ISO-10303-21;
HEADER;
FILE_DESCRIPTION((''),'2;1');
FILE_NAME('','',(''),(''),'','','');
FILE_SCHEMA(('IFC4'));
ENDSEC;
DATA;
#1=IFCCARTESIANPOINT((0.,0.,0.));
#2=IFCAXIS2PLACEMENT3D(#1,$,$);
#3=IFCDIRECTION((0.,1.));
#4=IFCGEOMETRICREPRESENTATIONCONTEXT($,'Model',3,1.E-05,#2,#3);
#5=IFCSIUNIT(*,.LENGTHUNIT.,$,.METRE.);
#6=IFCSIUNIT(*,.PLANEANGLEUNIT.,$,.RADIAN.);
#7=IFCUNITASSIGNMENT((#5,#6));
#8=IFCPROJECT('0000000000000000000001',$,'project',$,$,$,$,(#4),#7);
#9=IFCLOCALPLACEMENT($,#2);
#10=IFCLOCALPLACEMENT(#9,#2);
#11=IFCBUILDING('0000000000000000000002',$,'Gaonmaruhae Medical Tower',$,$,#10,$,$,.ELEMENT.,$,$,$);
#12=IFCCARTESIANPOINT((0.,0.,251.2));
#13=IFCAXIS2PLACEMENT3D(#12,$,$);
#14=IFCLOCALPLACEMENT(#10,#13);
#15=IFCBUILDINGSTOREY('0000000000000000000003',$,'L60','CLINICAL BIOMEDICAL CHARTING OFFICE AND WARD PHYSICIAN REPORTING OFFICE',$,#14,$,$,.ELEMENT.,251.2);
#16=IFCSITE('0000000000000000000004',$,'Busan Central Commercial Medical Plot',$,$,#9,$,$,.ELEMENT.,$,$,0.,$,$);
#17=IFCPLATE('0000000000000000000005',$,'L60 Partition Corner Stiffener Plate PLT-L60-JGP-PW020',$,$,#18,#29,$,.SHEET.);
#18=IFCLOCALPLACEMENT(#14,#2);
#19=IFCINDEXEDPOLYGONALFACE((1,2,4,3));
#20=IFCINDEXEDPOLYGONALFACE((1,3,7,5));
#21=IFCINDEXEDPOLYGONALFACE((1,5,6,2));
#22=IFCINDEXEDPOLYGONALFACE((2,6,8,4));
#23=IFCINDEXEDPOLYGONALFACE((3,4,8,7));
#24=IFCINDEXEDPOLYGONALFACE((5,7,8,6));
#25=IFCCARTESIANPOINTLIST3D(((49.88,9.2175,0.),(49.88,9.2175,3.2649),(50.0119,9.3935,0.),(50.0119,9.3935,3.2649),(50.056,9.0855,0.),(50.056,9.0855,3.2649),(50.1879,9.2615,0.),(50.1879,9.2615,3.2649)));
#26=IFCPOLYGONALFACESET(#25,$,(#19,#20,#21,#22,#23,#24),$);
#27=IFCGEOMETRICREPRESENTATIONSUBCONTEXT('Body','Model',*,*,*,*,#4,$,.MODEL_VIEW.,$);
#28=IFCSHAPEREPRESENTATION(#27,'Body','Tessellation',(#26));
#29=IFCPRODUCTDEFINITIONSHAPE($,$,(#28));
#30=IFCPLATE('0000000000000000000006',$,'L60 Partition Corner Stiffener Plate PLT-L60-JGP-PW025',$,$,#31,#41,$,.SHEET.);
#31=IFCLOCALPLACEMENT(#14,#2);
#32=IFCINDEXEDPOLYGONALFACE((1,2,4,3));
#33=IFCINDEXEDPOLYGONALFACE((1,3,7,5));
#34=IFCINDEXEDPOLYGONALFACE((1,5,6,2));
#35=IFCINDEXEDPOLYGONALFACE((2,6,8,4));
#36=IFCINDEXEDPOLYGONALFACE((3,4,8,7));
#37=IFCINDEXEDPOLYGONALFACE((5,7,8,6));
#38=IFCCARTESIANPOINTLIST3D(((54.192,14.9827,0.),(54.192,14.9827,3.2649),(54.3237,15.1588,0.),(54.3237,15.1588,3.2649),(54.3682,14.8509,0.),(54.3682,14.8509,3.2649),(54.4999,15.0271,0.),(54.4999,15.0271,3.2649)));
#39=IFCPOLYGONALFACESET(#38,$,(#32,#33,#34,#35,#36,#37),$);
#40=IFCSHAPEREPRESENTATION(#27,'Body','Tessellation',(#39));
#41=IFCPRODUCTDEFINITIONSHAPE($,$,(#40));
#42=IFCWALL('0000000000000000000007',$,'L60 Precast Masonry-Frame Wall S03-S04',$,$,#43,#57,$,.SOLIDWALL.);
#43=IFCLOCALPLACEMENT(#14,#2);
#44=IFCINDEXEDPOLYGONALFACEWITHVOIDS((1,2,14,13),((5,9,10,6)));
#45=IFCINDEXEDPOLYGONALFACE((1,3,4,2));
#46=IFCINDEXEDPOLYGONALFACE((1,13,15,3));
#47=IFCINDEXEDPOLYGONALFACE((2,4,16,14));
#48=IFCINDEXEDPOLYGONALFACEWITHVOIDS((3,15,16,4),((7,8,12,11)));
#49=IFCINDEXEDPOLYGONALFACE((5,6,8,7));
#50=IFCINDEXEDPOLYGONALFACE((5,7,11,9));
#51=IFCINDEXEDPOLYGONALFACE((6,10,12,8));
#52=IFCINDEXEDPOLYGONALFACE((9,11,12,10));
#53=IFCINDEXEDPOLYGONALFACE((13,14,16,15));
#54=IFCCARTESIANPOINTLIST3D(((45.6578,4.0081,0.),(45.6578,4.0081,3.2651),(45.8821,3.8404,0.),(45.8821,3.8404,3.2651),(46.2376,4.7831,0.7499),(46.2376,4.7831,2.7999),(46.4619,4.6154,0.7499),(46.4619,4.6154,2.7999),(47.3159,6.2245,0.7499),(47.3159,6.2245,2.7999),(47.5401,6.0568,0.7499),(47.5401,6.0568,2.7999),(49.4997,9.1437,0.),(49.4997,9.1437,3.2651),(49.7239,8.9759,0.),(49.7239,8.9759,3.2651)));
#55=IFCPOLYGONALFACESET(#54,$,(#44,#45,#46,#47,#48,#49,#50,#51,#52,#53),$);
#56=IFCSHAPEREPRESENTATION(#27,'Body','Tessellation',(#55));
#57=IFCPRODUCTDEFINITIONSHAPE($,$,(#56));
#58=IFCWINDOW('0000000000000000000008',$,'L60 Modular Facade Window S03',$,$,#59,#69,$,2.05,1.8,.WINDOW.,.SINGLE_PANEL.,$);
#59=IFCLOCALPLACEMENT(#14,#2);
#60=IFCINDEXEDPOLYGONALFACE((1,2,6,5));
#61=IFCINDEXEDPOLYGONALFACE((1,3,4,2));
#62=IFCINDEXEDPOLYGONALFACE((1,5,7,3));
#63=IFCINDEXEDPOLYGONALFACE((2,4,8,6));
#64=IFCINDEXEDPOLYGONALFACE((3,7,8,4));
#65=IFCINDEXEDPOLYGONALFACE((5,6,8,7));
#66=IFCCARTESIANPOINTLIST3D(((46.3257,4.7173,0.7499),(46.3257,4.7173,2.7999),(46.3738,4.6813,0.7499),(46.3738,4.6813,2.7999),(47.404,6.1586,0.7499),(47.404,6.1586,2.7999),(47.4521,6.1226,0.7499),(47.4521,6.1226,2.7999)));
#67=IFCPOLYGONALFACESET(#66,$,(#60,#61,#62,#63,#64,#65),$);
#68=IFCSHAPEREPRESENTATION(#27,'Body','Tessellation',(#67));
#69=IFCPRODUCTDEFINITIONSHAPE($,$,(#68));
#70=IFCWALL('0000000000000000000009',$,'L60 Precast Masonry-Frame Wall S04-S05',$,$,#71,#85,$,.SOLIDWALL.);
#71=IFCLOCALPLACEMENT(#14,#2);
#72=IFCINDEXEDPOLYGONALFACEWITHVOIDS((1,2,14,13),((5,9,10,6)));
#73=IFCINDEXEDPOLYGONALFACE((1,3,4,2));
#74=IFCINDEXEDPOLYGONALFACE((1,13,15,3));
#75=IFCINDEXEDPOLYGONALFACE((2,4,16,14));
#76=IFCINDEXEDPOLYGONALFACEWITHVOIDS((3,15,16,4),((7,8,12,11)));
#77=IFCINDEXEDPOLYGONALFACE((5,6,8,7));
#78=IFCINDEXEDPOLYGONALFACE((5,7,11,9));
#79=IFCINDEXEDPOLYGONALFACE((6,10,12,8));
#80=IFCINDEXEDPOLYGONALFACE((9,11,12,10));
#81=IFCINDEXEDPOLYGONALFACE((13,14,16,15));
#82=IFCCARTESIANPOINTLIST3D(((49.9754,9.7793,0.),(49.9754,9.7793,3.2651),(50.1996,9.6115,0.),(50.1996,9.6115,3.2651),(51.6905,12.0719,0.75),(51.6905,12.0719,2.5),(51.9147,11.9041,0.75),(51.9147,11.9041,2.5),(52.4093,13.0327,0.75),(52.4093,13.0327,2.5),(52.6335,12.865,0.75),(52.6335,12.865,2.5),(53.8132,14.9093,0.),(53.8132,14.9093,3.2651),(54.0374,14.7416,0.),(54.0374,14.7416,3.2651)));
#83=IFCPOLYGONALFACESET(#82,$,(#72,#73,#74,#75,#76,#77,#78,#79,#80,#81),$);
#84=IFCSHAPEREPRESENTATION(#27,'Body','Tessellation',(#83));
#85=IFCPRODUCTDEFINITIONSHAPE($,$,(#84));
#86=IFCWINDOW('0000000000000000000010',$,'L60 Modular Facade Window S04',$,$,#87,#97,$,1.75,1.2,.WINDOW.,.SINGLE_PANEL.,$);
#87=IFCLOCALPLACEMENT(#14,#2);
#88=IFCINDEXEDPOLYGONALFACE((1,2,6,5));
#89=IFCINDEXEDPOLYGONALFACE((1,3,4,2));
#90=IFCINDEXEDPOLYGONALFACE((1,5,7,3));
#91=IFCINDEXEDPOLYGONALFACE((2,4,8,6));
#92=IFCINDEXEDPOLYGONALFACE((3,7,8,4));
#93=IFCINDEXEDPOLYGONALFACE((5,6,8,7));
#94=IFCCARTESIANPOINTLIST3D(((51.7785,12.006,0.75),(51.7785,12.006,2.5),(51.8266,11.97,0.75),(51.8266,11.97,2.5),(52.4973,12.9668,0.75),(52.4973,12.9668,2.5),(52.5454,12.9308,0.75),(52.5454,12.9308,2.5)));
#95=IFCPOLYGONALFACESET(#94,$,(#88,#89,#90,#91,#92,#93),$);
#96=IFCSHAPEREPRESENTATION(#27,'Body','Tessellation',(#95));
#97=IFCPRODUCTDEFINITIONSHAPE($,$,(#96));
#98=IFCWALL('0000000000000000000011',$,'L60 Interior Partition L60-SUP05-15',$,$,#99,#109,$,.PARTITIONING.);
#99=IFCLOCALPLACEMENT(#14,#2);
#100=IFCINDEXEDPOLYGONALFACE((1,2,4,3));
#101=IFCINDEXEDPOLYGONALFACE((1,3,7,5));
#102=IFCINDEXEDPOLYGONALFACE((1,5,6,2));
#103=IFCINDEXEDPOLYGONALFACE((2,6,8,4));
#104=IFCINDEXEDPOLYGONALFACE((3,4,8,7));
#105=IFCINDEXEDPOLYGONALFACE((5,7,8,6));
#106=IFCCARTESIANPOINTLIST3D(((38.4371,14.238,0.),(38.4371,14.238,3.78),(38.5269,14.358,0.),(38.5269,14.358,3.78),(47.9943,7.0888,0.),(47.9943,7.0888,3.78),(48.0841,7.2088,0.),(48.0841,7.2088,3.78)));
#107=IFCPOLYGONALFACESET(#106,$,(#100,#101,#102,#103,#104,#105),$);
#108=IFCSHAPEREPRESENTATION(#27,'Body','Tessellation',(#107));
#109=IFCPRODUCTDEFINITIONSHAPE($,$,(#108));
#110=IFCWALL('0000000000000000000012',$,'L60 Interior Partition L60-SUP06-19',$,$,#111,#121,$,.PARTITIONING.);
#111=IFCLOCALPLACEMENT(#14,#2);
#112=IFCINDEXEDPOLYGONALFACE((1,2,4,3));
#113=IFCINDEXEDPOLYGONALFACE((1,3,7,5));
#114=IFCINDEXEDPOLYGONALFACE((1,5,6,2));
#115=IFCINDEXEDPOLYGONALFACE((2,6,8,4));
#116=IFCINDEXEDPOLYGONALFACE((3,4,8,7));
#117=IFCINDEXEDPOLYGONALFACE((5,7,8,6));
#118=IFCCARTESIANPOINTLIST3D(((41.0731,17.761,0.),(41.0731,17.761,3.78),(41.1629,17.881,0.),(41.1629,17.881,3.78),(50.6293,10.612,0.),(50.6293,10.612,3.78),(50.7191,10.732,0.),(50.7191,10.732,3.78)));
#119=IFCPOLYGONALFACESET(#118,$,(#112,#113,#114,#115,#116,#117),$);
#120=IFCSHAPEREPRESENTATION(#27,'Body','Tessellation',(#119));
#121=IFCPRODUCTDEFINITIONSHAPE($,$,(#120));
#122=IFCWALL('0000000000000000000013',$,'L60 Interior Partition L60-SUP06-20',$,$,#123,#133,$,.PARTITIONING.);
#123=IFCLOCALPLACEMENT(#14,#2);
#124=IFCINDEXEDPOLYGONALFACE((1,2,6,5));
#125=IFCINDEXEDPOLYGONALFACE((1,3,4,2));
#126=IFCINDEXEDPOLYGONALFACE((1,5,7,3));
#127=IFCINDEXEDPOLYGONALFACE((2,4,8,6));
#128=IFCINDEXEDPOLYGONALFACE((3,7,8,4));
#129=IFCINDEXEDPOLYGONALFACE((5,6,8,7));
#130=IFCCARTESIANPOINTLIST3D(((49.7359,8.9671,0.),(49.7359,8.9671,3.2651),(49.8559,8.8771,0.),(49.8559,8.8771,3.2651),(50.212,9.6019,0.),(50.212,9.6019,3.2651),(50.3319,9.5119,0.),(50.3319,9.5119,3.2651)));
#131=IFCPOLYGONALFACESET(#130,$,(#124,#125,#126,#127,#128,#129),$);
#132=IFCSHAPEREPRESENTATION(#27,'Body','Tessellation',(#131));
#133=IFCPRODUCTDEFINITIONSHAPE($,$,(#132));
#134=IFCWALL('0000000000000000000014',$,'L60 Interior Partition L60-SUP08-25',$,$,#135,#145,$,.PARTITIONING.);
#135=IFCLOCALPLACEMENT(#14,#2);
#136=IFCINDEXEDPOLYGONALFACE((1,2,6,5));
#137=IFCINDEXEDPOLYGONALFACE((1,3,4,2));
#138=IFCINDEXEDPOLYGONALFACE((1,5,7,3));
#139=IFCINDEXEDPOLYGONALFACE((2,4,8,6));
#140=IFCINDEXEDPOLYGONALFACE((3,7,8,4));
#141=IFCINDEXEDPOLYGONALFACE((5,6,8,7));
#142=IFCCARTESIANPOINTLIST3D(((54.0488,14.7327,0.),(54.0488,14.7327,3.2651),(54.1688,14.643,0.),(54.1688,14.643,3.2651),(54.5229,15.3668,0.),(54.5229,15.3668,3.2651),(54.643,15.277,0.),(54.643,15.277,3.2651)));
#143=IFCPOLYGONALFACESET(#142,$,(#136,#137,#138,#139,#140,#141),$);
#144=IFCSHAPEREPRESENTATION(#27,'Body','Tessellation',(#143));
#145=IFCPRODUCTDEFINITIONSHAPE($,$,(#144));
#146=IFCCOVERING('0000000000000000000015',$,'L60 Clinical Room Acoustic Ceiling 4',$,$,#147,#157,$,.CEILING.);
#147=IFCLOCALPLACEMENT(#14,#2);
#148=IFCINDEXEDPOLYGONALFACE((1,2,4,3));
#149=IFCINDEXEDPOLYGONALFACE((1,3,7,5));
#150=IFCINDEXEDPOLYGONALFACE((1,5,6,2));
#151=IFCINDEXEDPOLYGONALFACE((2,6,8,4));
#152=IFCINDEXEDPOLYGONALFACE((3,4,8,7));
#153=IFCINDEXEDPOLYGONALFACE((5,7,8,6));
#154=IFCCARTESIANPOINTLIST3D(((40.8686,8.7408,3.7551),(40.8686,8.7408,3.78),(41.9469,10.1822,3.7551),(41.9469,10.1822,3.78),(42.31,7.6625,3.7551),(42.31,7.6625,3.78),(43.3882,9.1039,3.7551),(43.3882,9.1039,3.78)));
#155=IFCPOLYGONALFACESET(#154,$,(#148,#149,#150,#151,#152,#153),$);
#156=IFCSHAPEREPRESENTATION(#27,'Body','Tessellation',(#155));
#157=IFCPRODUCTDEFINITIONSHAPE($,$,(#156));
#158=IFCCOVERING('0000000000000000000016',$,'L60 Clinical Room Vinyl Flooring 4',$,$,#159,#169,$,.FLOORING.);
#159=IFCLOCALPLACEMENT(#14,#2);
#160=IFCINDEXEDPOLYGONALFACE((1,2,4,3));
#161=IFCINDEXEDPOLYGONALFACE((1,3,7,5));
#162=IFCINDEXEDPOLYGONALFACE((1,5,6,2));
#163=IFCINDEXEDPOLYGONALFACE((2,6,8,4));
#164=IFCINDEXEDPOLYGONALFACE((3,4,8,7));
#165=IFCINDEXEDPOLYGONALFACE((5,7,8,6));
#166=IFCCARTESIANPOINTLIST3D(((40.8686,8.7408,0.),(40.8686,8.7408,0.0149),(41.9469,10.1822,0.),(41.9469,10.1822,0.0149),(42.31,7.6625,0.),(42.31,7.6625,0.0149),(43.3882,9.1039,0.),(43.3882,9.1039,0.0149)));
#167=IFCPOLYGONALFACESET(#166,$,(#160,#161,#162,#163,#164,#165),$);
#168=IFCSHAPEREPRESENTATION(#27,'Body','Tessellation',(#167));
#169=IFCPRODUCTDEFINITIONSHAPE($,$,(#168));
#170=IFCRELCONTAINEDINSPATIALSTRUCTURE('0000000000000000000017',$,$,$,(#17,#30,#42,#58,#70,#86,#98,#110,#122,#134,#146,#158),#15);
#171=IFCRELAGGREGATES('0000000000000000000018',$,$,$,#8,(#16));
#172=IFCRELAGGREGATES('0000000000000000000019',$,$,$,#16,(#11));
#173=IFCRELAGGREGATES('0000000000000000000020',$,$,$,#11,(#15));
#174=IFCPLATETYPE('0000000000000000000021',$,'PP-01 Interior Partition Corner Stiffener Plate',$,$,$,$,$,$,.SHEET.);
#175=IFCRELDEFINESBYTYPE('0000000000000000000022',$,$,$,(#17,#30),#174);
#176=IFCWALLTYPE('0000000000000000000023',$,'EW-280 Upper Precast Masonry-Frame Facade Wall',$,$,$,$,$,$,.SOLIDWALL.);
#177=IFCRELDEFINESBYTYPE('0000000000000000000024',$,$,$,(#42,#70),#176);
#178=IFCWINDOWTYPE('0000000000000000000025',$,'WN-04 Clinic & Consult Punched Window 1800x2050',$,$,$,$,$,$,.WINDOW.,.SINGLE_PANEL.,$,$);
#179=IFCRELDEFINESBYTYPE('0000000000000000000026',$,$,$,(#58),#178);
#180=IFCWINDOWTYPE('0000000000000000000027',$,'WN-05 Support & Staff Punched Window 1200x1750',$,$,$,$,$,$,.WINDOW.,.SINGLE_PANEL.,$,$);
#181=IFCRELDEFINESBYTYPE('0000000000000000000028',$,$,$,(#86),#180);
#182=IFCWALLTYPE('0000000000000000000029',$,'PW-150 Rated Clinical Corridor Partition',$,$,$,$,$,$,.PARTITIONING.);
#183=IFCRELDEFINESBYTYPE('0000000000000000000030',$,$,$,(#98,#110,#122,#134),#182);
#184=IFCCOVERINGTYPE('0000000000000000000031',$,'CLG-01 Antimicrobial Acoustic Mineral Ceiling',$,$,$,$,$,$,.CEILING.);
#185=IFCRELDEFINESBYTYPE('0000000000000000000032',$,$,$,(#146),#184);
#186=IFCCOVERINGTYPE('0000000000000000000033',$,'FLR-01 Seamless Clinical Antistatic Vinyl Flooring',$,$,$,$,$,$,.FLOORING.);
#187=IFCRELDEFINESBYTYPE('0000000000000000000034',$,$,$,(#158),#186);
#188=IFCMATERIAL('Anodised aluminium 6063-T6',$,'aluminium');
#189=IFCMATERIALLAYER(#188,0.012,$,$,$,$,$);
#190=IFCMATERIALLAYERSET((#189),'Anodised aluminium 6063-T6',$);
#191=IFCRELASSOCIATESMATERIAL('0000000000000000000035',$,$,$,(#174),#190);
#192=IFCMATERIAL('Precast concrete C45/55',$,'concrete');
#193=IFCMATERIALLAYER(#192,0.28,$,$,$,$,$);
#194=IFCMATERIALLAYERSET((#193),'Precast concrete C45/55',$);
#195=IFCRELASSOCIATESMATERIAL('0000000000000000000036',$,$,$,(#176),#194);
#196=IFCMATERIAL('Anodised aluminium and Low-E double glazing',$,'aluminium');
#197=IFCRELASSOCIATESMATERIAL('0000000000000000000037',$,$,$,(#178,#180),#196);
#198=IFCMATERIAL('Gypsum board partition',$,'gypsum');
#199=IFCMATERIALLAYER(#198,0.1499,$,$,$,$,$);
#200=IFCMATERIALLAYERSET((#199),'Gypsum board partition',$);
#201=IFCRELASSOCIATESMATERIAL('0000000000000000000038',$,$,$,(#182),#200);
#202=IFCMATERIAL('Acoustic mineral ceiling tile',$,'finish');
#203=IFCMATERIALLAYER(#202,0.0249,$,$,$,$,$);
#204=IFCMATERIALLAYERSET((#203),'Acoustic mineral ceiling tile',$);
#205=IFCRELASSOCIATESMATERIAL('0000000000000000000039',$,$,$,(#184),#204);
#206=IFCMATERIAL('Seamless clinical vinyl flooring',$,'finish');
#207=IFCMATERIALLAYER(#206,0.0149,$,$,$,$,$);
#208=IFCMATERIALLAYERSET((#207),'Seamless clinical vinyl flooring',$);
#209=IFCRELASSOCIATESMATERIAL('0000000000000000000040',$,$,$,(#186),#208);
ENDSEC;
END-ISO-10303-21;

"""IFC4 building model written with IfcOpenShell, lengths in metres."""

from ifc_helpers import new_model, si_unit, direction, frame, frame_2d, origin, origin_2d, place, context, subcontext, project, spatial, rectangle, extrude, material, layer, layer_set, type_object, element, fill, save


model = new_model("IFC4")

# Units and contexts
model_context = context("Model", 3, precision=1e-05, world=origin(), true_north=direction((0.0, 1.0)))
body_context = subcontext(model_context, "Body", "Model", "MODEL_VIEW")
ifc_project = project(units=[si_unit("LENGTHUNIT", "METRE"), si_unit("PLANEANGLEUNIT", "RADIAN")], contexts=[model_context])

# Site, building, storey
site_placement = place(None, origin())
site = spatial("IfcSite", under=ifc_project, at=site_placement, Name="Busan Central Commercial Medical Plot", CompositionType="ELEMENT", RefElevation=0.0)
building_placement = place(site_placement, origin())
building = spatial("IfcBuilding", under=site, at=building_placement, Name="Gaonmaruhae Medical Tower", CompositionType="ELEMENT")
storey_placement = place(building_placement, frame((0.0, 0.0, 251.2)))
storey = spatial("IfcBuildingStorey", under=building, at=storey_placement, Name="L60", Description="CLINICAL BIOMEDICAL CHARTING OFFICE AND WARD PHYSICIAN REPORTING OFFICE", CompositionType="ELEMENT", Elevation=251.2)

# Plates
ifc_material_1 = material(Name="Anodised aluminium 6063-T6", Category="aluminium")
ifc_layer_1 = layer(ifc_material_1, 0.012)
ifc_layer_set_1 = layer_set([ifc_layer_1], Name="Anodised aluminium 6063-T6")
plate_type = type_object("IfcPlateType", Name="PP-01 Interior Partition Corner Stiffener Plate", PredefinedType="SHEET", material=ifc_layer_set_1)
for number, where, z_axis, x_axis, name in (
    (1, (50.0339, 9.2395, 0.0), (0.0, 0.0, 1.0), (-0.599792, -0.800156, 0.0), "L60 Partition Corner Stiffener Plate PLT-L60-JGP-PW020"),
    (2, (54.3459, 15.0049, 0.0), (0.0, 0.0, 1.0), (-0.598786, -0.800909, 0.0), "L60 Partition Corner Stiffener Plate PLT-L60-JGP-PW025"),
):
    element("IfcPlate", number, at=place(storey_placement, frame(where, z_axis=z_axis, x_axis=x_axis)), inside=storey, type_object=plate_type, Name=name, PredefinedType="SHEET", context=body_context, shape_type="SweptSolid", body=[
        extrude(rectangle(XDim=0.22, YDim=0.22, at=origin_2d()), origin(), (0.0, 0.0, 1.0), 3.2649),
    ])

# Walls, openings, windows
ifc_material_2 = material(Name="Precast concrete C45/55", Category="concrete")
ifc_layer_2 = layer(ifc_material_2, 0.28)
ifc_layer_set_2 = layer_set([ifc_layer_2], Name="Precast concrete C45/55")
wall_type_1 = type_object("IfcWallType", Name="EW-280 Upper Precast Masonry-Frame Facade Wall", PredefinedType="SOLIDWALL", material=ifc_layer_set_2)
wall_1_placement = place(storey_placement, frame((49.6118, 9.0598, 0.0), z_axis=(0.0, 0.0, 1.0), x_axis=(-0.599019, -0.800735, 0.0)))
wall_1 = element("IfcWall", 3, at=wall_1_placement, inside=storey, type_object=wall_type_1, Name="L60 Precast Masonry-Frame Wall S03-S04", PredefinedType="SOLIDWALL", context=body_context, shape_type="SweptSolid", body=[
    extrude(rectangle(XDim=6.4136, YDim=0.28, at=frame_2d((3.2068, 0.0))), origin(), (0.0, 0.0, 1.0), 3.2651),
])
opening_1_placement = place(wall_1_placement, frame((3.6458, 0.0, 0.75)))
opening_1 = element("IfcOpeningElement", 4, at=opening_1_placement, cuts=wall_1, PredefinedType="OPENING", context=body_context, shape_type="SweptSolid", body=[
    extrude(rectangle(XDim=1.8, YDim=2.05, at=frame_2d((0.8999, 1.0249))), frame((0.0, 0.1499, 0.0), z_axis=(0.0, -1.0, 0.0), x_axis=(1.0, 0.0, 0.0)), (0.0, 0.0, 1.0), 0.3),
])
ifc_material_3 = material(Name="Anodised aluminium and Low-E double glazing", Category="aluminium")
window_type_1 = type_object("IfcWindowType", Name="WN-04 Clinic & Consult Punched Window 1800x2050", PartitioningType="SINGLE_PANEL", PredefinedType="WINDOW", material=ifc_material_3)
window_1_placement = place(opening_1_placement, origin())
window_1 = element("IfcWindow", 5, at=window_1_placement, inside=storey, type_object=window_type_1, Name="L60 Modular Facade Window S03", OverallHeight=2.05, OverallWidth=1.8, PartitioningType="SINGLE_PANEL", PredefinedType="WINDOW", context=body_context, shape_type="SweptSolid", body=[
    extrude(rectangle(XDim=1.8, YDim=2.05, at=frame_2d((0.8999, 1.0249))), frame((0.0, 0.03, 0.0), z_axis=(0.0, -1.0, 0.0), x_axis=(1.0, 0.0, 0.0)), (0.0, 0.0, 1.0), 0.0601),
])
fill(opening_1, window_1)
wall_2_placement = place(storey_placement, frame((53.9253, 14.8254, 0.0), z_axis=(0.0, 0.0, 1.0), x_axis=(-0.59903, -0.800726, 0.0)))
wall_2 = element("IfcWall", 6, at=wall_2_placement, inside=storey, type_object=wall_type_1, Name="L60 Precast Masonry-Frame Wall S04-S05", PredefinedType="SOLIDWALL", context=body_context, shape_type="SweptSolid", body=[
    extrude(rectangle(XDim=6.4067, YDim=0.28, at=frame_2d((3.2034, 0.0))), origin(), (0.0, 0.0, 1.0), 3.2651),
])
opening_2_placement = place(wall_2_placement, frame((2.3435, 0.0, 0.75)))
opening_2 = element("IfcOpeningElement", 7, at=opening_2_placement, cuts=wall_2, PredefinedType="OPENING", context=body_context, shape_type="SweptSolid", body=[
    extrude(rectangle(XDim=1.2, YDim=1.75, at=frame_2d((0.6001, 0.875))), frame((0.0, 0.1499, 0.0), z_axis=(0.0, -1.0, 0.0), x_axis=(1.0, 0.0, 0.0)), (0.0, 0.0, 1.0), 0.3),
])
window_type_2 = type_object("IfcWindowType", Name="WN-05 Support & Staff Punched Window 1200x1750", PartitioningType="SINGLE_PANEL", PredefinedType="WINDOW", material=ifc_material_3)
window_2_placement = place(opening_2_placement, origin())
window_2 = element("IfcWindow", 8, at=window_2_placement, inside=storey, type_object=window_type_2, Name="L60 Modular Facade Window S04", OverallHeight=1.75, OverallWidth=1.2, PartitioningType="SINGLE_PANEL", PredefinedType="WINDOW", context=body_context, shape_type="SweptSolid", body=[
    extrude(rectangle(XDim=1.2, YDim=1.75, at=frame_2d((0.6001, 0.875))), frame((0.0, 0.03, 0.0), z_axis=(0.0, -1.0, 0.0), x_axis=(1.0, 0.0, 0.0)), (0.0, 0.0, 1.0), 0.0601),
])
fill(opening_2, window_2)

# Wall
ifc_material_4 = material(Name="Gypsum board partition", Category="gypsum")
ifc_layer_3 = layer(ifc_material_4, 0.1499)
ifc_layer_set_3 = layer_set([ifc_layer_3], Name="Gypsum board partition")
wall_type_2 = type_object("IfcWallType", Name="PW-150 Rated Clinical Corridor Partition", PredefinedType="PARTITIONING", material=ifc_layer_set_3)
wall_3_placement = place(storey_placement, frame((38.4819, 14.2981, 0.0), z_axis=(0.0, 0.0, 1.0), x_axis=(0.80075, -0.598998, 0.0)))
element("IfcWall", 9, at=wall_3_placement, inside=storey, type_object=wall_type_2, Name="L60 Interior Partition L60-SUP05-15", PredefinedType="PARTITIONING", context=body_context, shape_type="SweptSolid", body=[
    extrude(rectangle(XDim=11.9353, YDim=0.1499, at=frame_2d((5.9678, 0.0))), origin(), (0.0, 0.0, 1.0), 3.78),
])

# Walls
wall_4_placement = place(storey_placement, frame((41.1179, 17.821, 0.0), z_axis=(0.0, 0.0, 1.0), x_axis=(0.800731, -0.599024, 0.0)))
element("IfcWall", 10, at=wall_4_placement, inside=storey, type_object=wall_type_2, Name="L60 Interior Partition L60-SUP06-19", PredefinedType="PARTITIONING", context=body_context, shape_type="SweptSolid", body=[
    extrude(rectangle(XDim=11.9343, YDim=0.1499, at=frame_2d((5.9673, 0.0))), origin(), (0.0, 0.0, 1.0), 3.78),
])
wall_5_placement = place(storey_placement, frame((50.272, 9.5569, 0.0), z_axis=(0.0, 0.0, 1.0), x_axis=(-0.6, -0.8, 0.0)))
element("IfcWall", 11, at=wall_5_placement, inside=storey, type_object=wall_type_2, Name="L60 Interior Partition L60-SUP06-20", PredefinedType="PARTITIONING", context=body_context, shape_type="SweptSolid", body=[
    extrude(rectangle(XDim=0.7935, YDim=0.1499, at=frame_2d((0.3967, 0.0))), origin(), (0.0, 0.0, 1.0), 3.2651),
])

# Wall
wall_6_placement = place(storey_placement, frame((54.583, 15.322, 0.0), z_axis=(0.0, 0.0, 1.0), x_axis=(-0.598865, -0.80085, 0.0)))
element("IfcWall", 12, at=wall_6_placement, inside=storey, type_object=wall_type_2, Name="L60 Interior Partition L60-SUP08-25", PredefinedType="PARTITIONING", context=body_context, shape_type="SweptSolid", body=[
    extrude(rectangle(XDim=0.7917, YDim=0.1499, at=frame_2d((0.396, 0.0))), origin(), (0.0, 0.0, 1.0), 3.2651),
])

# Coverings
ifc_material_5 = material(Name="Acoustic mineral ceiling tile", Category="finish")
ifc_layer_4 = layer(ifc_material_5, 0.0249)
ifc_layer_set_4 = layer_set([ifc_layer_4], Name="Acoustic mineral ceiling tile")
covering_type_1 = type_object("IfcCoveringType", Name="CLG-01 Antimicrobial Acoustic Mineral Ceiling", PredefinedType="CEILING", material=ifc_layer_set_4)
covering_1_placement = place(storey_placement, frame((42.1284, 8.9224, 3.7551), z_axis=(0.0, 0.0, 1.0), x_axis=(0.599024, 0.800731, 0.0)))
element("IfcCovering", 13, at=covering_1_placement, inside=storey, type_object=covering_type_1, Name="L60 Clinical Room Acoustic Ceiling 4", PredefinedType="CEILING", context=body_context, shape_type="SweptSolid", body=[
    extrude(rectangle(XDim=1.8, YDim=1.8, at=origin_2d()), origin(), (0.0, 0.0, 1.0), 0.0249),
])
ifc_material_6 = material(Name="Seamless clinical vinyl flooring", Category="finish")
ifc_layer_5 = layer(ifc_material_6, 0.0149)
ifc_layer_set_5 = layer_set([ifc_layer_5], Name="Seamless clinical vinyl flooring")
covering_type_2 = type_object("IfcCoveringType", Name="FLR-01 Seamless Clinical Antistatic Vinyl Flooring", PredefinedType="FLOORING", material=ifc_layer_set_5)
covering_2_placement = place(storey_placement, frame((42.1284, 8.9224, 0.0), z_axis=(0.0, 0.0, 1.0), x_axis=(0.599024, 0.800731, 0.0)))
element("IfcCovering", 14, at=covering_2_placement, inside=storey, type_object=covering_type_2, Name="L60 Clinical Room Vinyl Flooring 4", PredefinedType="FLOORING", context=body_context, shape_type="SweptSolid", body=[
    extrude(rectangle(XDim=1.8, YDim=1.8, at=origin_2d()), origin(), (0.0, 0.0, 1.0), 0.0149),
])

save(model, "model.ifc")
